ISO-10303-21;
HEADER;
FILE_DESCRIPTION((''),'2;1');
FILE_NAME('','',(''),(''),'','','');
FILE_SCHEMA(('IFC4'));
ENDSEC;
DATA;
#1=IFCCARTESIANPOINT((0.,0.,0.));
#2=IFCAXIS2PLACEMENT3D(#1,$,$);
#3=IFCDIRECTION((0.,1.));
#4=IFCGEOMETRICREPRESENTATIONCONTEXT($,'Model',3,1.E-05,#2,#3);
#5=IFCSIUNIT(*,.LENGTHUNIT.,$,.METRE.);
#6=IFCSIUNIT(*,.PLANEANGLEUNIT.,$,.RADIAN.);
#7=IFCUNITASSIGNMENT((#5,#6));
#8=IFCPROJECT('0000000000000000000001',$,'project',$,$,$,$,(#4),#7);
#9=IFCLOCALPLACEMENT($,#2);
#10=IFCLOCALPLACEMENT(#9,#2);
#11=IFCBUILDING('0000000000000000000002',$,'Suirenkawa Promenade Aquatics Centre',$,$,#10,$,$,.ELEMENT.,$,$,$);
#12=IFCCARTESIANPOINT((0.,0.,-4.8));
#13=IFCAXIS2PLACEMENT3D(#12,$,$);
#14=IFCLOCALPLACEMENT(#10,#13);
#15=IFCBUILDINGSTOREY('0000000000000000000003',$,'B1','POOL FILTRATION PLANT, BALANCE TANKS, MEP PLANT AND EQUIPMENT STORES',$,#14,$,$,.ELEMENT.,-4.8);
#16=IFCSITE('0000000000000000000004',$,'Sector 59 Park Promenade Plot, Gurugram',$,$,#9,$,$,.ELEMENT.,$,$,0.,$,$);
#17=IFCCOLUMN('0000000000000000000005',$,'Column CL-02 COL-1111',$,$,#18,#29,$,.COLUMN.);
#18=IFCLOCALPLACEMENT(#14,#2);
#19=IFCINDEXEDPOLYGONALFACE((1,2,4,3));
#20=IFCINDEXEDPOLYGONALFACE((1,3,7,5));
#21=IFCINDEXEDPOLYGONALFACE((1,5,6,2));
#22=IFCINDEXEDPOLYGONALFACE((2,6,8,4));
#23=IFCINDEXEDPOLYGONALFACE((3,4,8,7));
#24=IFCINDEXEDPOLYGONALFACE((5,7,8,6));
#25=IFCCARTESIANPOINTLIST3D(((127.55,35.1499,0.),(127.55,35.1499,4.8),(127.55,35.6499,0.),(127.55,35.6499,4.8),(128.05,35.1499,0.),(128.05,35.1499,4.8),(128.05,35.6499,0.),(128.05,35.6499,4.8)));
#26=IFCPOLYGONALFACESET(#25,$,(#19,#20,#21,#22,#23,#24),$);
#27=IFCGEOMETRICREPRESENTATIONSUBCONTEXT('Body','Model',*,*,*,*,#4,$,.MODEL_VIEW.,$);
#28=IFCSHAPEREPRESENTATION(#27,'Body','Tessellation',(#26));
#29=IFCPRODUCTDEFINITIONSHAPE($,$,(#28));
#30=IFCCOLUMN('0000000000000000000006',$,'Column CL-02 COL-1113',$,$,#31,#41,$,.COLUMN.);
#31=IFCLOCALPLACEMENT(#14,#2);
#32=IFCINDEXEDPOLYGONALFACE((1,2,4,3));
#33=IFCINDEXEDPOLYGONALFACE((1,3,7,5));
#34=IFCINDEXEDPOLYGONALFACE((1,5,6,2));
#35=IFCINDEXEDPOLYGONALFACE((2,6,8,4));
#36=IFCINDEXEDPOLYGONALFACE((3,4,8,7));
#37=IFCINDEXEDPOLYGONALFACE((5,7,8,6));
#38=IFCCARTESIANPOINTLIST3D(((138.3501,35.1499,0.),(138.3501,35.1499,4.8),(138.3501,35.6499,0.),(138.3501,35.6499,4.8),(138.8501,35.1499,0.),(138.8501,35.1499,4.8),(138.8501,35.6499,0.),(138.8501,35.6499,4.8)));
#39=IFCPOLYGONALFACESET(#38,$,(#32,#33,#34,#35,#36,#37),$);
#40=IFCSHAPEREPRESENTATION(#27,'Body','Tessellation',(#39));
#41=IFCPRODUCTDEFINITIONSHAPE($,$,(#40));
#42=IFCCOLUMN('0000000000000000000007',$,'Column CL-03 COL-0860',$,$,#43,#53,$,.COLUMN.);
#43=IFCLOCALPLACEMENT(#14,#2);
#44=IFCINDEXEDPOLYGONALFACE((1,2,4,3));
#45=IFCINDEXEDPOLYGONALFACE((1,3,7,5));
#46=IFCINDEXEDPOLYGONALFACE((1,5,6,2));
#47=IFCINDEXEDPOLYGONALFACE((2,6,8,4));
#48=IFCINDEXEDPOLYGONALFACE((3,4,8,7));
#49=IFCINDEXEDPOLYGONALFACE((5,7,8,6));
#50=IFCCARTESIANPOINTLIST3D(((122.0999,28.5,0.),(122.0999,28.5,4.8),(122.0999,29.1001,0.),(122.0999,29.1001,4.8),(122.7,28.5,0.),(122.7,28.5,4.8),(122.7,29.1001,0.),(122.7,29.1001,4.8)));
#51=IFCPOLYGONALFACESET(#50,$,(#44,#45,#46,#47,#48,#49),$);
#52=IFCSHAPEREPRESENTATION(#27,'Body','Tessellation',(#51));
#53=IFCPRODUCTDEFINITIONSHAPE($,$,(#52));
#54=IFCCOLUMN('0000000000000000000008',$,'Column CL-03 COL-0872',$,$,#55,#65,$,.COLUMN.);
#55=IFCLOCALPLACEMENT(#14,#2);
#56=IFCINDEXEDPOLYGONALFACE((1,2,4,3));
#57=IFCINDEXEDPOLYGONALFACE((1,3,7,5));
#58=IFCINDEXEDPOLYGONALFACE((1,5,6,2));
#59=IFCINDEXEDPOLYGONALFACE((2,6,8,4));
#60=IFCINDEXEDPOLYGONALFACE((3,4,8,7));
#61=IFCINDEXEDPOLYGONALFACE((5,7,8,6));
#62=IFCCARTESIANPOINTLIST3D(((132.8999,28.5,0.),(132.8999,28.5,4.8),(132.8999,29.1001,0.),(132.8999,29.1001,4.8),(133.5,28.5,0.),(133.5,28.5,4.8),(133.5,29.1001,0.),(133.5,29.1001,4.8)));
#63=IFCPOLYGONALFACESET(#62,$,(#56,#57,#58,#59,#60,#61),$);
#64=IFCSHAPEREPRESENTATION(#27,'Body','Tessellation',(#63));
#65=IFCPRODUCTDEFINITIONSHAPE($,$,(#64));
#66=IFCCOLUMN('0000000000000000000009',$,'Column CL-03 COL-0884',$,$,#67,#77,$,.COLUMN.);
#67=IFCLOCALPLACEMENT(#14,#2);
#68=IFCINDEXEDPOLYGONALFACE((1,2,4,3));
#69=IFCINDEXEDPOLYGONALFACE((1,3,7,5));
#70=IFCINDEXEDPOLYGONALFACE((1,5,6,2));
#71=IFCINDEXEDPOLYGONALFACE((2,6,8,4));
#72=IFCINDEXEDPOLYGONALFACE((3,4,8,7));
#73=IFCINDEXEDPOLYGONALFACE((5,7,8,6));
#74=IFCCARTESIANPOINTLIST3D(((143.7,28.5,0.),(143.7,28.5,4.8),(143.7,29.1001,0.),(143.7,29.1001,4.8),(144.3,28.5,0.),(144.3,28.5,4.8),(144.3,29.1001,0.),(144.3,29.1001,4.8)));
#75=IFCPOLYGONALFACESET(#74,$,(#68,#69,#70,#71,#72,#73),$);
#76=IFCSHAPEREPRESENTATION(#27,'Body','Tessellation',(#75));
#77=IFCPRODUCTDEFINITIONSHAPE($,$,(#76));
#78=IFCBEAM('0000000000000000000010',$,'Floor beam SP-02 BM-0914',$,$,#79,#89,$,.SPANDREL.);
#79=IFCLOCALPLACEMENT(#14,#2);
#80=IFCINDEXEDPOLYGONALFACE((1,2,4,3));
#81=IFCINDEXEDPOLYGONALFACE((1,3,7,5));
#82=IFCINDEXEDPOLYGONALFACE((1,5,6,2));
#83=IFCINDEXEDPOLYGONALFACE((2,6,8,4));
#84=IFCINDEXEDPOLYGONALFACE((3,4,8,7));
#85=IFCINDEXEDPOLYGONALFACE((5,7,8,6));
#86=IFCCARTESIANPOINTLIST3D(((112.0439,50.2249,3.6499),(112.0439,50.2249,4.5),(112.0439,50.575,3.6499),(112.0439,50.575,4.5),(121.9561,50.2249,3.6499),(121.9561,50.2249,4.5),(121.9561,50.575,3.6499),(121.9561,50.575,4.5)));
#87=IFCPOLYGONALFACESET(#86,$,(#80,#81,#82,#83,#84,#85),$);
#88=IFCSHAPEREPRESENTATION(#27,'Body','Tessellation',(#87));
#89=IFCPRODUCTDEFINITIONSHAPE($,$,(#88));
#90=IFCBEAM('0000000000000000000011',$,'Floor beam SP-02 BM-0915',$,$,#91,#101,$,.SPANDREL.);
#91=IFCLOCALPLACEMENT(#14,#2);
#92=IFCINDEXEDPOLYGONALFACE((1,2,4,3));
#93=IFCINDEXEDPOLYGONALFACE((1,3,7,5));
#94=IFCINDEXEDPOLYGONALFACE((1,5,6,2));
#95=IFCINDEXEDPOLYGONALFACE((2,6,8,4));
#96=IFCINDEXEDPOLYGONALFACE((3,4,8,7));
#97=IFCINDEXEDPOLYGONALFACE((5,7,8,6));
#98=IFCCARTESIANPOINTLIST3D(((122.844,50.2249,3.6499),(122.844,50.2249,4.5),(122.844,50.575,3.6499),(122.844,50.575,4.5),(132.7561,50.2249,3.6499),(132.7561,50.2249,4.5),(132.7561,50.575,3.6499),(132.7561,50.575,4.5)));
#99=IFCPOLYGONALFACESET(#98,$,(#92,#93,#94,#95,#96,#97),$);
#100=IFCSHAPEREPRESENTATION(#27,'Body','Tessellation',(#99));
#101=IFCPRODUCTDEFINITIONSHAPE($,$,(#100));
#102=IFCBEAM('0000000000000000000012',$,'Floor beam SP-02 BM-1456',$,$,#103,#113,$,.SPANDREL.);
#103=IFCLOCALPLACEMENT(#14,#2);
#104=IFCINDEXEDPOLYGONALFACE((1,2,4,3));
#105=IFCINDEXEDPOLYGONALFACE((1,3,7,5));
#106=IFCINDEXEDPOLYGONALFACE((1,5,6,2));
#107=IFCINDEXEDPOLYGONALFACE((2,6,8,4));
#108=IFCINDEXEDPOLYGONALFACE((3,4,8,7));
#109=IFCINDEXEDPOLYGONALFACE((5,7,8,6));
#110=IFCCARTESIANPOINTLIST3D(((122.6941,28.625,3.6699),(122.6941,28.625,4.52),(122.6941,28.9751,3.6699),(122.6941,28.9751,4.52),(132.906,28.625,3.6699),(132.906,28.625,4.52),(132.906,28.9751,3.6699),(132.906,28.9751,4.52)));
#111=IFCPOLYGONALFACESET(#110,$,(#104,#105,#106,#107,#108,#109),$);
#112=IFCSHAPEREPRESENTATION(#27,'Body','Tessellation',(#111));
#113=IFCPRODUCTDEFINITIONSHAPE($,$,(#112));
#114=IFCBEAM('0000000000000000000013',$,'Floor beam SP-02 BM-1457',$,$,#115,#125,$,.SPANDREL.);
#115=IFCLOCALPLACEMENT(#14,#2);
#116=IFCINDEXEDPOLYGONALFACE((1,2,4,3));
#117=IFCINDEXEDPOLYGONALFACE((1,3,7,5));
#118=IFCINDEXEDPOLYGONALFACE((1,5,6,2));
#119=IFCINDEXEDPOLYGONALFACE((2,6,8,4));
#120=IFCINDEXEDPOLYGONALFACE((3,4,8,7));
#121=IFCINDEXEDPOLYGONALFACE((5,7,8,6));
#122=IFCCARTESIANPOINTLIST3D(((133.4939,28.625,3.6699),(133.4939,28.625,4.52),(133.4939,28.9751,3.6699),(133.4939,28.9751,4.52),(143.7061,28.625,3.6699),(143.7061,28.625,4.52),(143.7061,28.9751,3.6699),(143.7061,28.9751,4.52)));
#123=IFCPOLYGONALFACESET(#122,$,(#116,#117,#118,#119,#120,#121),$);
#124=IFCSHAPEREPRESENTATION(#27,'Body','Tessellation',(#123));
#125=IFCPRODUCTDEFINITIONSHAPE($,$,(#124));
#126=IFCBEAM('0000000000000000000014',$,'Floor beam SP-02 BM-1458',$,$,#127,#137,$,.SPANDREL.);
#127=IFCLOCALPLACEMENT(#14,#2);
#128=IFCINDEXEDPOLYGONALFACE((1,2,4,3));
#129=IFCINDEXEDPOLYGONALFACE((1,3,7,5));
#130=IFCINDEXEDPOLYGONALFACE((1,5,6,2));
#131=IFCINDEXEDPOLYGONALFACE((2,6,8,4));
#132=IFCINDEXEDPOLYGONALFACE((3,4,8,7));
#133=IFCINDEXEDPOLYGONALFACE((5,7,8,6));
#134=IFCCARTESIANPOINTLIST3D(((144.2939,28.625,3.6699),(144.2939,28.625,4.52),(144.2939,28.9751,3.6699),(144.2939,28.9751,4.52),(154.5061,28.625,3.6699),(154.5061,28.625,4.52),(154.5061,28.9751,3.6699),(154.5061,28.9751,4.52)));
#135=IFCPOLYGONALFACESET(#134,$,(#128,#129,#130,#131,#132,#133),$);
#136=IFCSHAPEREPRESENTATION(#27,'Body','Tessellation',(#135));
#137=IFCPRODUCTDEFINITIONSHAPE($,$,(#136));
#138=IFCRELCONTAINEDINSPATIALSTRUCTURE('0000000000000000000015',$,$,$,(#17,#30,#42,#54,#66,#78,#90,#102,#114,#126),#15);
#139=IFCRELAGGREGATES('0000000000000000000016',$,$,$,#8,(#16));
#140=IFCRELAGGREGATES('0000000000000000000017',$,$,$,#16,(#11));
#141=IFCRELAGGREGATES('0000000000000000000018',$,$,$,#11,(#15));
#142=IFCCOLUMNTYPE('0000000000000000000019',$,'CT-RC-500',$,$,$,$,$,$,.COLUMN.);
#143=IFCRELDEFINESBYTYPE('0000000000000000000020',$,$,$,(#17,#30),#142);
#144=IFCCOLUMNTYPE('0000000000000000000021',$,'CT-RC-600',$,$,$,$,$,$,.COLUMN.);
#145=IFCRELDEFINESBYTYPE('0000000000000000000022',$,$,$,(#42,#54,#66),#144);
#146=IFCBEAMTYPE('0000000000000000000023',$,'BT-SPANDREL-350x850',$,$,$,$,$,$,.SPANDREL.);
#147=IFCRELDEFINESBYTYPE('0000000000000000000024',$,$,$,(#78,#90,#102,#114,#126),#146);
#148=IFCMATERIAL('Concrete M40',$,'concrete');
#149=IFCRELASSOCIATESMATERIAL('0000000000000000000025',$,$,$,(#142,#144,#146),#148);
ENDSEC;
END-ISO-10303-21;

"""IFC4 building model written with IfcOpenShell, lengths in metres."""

from ifc_helpers import new_model, si_unit, direction, frame, origin, origin_2d, place, context, subcontext, project, spatial, rectangle, extrude, material, material_profile, profile_set, type_object, element, save


model = new_model("IFC4")

# Units and contexts
model_context = context("Model", 3, precision=1e-05, world=origin(), true_north=direction((0.0, 1.0)))
body_context = subcontext(model_context, "Body", "Model", "MODEL_VIEW")
ifc_project = project(units=[si_unit("LENGTHUNIT", "METRE"), si_unit("PLANEANGLEUNIT", "RADIAN")], contexts=[model_context])

# Site, building, storey
site_placement = place(None, origin())
site = spatial("IfcSite", under=ifc_project, at=site_placement, Name="Sector 59 Park Promenade Plot, Gurugram", CompositionType="ELEMENT", RefElevation=0.0)
building_placement = place(site_placement, origin())
building = spatial("IfcBuilding", under=site, at=building_placement, Name="Suirenkawa Promenade Aquatics Centre", CompositionType="ELEMENT")
storey_placement = place(building_placement, frame((0.0, 0.0, -4.8)))
storey = spatial("IfcBuildingStorey", under=building, at=storey_placement, Name="B1", Description="POOL FILTRATION PLANT, BALANCE TANKS, MEP PLANT AND EQUIPMENT STORES", CompositionType="ELEMENT", Elevation=-4.8)

# Columns
ifc_material_1 = material(Name="Concrete M40", Category="concrete")
ifc_material_profile_1 = material_profile(ifc_material_1, rectangle(XDim=0.5, YDim=0.5, at=origin_2d()), Name="RC COL 500x500", Category="concrete")
ifc_profile_set_1 = profile_set([ifc_material_profile_1], Name="Concrete M40")
column_type_1 = type_object("IfcColumnType", Name="CT-RC-500", PredefinedType="COLUMN", material=ifc_profile_set_1)
for number, where, z_axis, x_axis, name in (
    (1, (127.8, 35.3999, 0.0), (0.0, 0.0, 1.0), (1.0, 0.0, 0.0), "Column CL-02 COL-1111"),
    (2, (138.6001, 35.3999, 0.0), (0.0, 0.0, 1.0), (1.0, 0.0, 0.0), "Column CL-02 COL-1113"),
):
    element("IfcColumn", number, at=place(storey_placement, frame(where, z_axis=z_axis, x_axis=x_axis)), inside=storey, type_object=column_type_1, Name=name, PredefinedType="COLUMN", context=body_context, shape_type="SweptSolid", body=[
        extrude(rectangle(XDim=0.5, YDim=0.5, at=origin_2d()), origin(), (0.0, 0.0, 1.0), 4.8),
    ])
ifc_material_profile_2 = material_profile(ifc_material_1, rectangle(XDim=0.6001, YDim=0.6001, at=origin_2d()), Name="RC COL 600x600", Category="concrete")
ifc_profile_set_2 = profile_set([ifc_material_profile_2], Name="Concrete M40")
column_type_2 = type_object("IfcColumnType", Name="CT-RC-600", PredefinedType="COLUMN", material=ifc_profile_set_2)
for number, where, z_axis, x_axis, name in (
    (3, (122.3999, 28.8, 0.0), (0.0, 0.0, 1.0), (1.0, 0.0, 0.0), "Column CL-03 COL-0860"),
    (4, (133.2, 28.8, 0.0), (0.0, 0.0, 1.0), (1.0, 0.0, 0.0), "Column CL-03 COL-0872"),
    (5, (144.0, 28.8, 0.0), (0.0, 0.0, 1.0), (1.0, 0.0, 0.0), "Column CL-03 COL-0884"),
):
    element("IfcColumn", number, at=place(storey_placement, frame(where, z_axis=z_axis, x_axis=x_axis)), inside=storey, type_object=column_type_2, Name=name, PredefinedType="COLUMN", context=body_context, shape_type="SweptSolid", body=[
        extrude(rectangle(XDim=0.6001, YDim=0.6001, at=origin_2d()), origin(), (0.0, 0.0, 1.0), 4.8),
    ])

# Beams
ifc_material_profile_3 = material_profile(ifc_material_1, rectangle(XDim=0.3501, YDim=0.8501, at=origin_2d()), Name="RC SPANDREL 350x850", Category="concrete")
ifc_profile_set_3 = profile_set([ifc_material_profile_3], Name="Concrete M40")
beam_type = type_object("IfcBeamType", Name="BT-SPANDREL-350x850", PredefinedType="SPANDREL", material=ifc_profile_set_3)
for number, where, z_axis, x_axis, name in (
    (6, (112.0439, 50.3999, 4.075), (1.0, 0.0, 0.0), (0.0, 1.0, 0.0), "Floor beam SP-02 BM-0914"),
    (7, (122.844, 50.3999, 4.075), (1.0, 0.0, 0.0), (0.0, 1.0, 0.0), "Floor beam SP-02 BM-0915"),
):
    element("IfcBeam", number, at=place(storey_placement, frame(where, z_axis=z_axis, x_axis=x_axis)), inside=storey, type_object=beam_type, Name=name, PredefinedType="SPANDREL", context=body_context, shape_type="SweptSolid", body=[
        extrude(rectangle(XDim=0.3501, YDim=0.8501, at=origin_2d()), origin(), (0.0, 0.0, 1.0), 9.9121),
    ])
beam_placement = place(storey_placement, frame((122.6941, 28.8, 4.095), z_axis=(1.0, 0.0, 0.0), x_axis=(0.0, 1.0, 0.0)))
element("IfcBeam", 8, at=beam_placement, inside=storey, type_object=beam_type, Name="Floor beam SP-02 BM-1456", PredefinedType="SPANDREL", context=body_context, shape_type="SweptSolid", body=[
    extrude(rectangle(XDim=0.3501, YDim=0.8501, at=origin_2d()), origin(), (0.0, 0.0, 1.0), 10.2119),
])
for number, where, z_axis, x_axis, name in (
    (9, (133.4939, 28.8, 4.095), (1.0, 0.0, 0.0), (0.0, 1.0, 0.0), "Floor beam SP-02 BM-1457"),
    (10, (144.2939, 28.8, 4.095), (1.0, 0.0, 0.0), (0.0, 1.0, 0.0), "Floor beam SP-02 BM-1458"),
):
    element("IfcBeam", number, at=place(storey_placement, frame(where, z_axis=z_axis, x_axis=x_axis)), inside=storey, type_object=beam_type, Name=name, PredefinedType="SPANDREL", context=body_context, shape_type="SweptSolid", body=[
        extrude(rectangle(XDim=0.3501, YDim=0.8501, at=origin_2d()), origin(), (0.0, 0.0, 1.0), 10.2122),
    ])

save(model, "model.ifc")
